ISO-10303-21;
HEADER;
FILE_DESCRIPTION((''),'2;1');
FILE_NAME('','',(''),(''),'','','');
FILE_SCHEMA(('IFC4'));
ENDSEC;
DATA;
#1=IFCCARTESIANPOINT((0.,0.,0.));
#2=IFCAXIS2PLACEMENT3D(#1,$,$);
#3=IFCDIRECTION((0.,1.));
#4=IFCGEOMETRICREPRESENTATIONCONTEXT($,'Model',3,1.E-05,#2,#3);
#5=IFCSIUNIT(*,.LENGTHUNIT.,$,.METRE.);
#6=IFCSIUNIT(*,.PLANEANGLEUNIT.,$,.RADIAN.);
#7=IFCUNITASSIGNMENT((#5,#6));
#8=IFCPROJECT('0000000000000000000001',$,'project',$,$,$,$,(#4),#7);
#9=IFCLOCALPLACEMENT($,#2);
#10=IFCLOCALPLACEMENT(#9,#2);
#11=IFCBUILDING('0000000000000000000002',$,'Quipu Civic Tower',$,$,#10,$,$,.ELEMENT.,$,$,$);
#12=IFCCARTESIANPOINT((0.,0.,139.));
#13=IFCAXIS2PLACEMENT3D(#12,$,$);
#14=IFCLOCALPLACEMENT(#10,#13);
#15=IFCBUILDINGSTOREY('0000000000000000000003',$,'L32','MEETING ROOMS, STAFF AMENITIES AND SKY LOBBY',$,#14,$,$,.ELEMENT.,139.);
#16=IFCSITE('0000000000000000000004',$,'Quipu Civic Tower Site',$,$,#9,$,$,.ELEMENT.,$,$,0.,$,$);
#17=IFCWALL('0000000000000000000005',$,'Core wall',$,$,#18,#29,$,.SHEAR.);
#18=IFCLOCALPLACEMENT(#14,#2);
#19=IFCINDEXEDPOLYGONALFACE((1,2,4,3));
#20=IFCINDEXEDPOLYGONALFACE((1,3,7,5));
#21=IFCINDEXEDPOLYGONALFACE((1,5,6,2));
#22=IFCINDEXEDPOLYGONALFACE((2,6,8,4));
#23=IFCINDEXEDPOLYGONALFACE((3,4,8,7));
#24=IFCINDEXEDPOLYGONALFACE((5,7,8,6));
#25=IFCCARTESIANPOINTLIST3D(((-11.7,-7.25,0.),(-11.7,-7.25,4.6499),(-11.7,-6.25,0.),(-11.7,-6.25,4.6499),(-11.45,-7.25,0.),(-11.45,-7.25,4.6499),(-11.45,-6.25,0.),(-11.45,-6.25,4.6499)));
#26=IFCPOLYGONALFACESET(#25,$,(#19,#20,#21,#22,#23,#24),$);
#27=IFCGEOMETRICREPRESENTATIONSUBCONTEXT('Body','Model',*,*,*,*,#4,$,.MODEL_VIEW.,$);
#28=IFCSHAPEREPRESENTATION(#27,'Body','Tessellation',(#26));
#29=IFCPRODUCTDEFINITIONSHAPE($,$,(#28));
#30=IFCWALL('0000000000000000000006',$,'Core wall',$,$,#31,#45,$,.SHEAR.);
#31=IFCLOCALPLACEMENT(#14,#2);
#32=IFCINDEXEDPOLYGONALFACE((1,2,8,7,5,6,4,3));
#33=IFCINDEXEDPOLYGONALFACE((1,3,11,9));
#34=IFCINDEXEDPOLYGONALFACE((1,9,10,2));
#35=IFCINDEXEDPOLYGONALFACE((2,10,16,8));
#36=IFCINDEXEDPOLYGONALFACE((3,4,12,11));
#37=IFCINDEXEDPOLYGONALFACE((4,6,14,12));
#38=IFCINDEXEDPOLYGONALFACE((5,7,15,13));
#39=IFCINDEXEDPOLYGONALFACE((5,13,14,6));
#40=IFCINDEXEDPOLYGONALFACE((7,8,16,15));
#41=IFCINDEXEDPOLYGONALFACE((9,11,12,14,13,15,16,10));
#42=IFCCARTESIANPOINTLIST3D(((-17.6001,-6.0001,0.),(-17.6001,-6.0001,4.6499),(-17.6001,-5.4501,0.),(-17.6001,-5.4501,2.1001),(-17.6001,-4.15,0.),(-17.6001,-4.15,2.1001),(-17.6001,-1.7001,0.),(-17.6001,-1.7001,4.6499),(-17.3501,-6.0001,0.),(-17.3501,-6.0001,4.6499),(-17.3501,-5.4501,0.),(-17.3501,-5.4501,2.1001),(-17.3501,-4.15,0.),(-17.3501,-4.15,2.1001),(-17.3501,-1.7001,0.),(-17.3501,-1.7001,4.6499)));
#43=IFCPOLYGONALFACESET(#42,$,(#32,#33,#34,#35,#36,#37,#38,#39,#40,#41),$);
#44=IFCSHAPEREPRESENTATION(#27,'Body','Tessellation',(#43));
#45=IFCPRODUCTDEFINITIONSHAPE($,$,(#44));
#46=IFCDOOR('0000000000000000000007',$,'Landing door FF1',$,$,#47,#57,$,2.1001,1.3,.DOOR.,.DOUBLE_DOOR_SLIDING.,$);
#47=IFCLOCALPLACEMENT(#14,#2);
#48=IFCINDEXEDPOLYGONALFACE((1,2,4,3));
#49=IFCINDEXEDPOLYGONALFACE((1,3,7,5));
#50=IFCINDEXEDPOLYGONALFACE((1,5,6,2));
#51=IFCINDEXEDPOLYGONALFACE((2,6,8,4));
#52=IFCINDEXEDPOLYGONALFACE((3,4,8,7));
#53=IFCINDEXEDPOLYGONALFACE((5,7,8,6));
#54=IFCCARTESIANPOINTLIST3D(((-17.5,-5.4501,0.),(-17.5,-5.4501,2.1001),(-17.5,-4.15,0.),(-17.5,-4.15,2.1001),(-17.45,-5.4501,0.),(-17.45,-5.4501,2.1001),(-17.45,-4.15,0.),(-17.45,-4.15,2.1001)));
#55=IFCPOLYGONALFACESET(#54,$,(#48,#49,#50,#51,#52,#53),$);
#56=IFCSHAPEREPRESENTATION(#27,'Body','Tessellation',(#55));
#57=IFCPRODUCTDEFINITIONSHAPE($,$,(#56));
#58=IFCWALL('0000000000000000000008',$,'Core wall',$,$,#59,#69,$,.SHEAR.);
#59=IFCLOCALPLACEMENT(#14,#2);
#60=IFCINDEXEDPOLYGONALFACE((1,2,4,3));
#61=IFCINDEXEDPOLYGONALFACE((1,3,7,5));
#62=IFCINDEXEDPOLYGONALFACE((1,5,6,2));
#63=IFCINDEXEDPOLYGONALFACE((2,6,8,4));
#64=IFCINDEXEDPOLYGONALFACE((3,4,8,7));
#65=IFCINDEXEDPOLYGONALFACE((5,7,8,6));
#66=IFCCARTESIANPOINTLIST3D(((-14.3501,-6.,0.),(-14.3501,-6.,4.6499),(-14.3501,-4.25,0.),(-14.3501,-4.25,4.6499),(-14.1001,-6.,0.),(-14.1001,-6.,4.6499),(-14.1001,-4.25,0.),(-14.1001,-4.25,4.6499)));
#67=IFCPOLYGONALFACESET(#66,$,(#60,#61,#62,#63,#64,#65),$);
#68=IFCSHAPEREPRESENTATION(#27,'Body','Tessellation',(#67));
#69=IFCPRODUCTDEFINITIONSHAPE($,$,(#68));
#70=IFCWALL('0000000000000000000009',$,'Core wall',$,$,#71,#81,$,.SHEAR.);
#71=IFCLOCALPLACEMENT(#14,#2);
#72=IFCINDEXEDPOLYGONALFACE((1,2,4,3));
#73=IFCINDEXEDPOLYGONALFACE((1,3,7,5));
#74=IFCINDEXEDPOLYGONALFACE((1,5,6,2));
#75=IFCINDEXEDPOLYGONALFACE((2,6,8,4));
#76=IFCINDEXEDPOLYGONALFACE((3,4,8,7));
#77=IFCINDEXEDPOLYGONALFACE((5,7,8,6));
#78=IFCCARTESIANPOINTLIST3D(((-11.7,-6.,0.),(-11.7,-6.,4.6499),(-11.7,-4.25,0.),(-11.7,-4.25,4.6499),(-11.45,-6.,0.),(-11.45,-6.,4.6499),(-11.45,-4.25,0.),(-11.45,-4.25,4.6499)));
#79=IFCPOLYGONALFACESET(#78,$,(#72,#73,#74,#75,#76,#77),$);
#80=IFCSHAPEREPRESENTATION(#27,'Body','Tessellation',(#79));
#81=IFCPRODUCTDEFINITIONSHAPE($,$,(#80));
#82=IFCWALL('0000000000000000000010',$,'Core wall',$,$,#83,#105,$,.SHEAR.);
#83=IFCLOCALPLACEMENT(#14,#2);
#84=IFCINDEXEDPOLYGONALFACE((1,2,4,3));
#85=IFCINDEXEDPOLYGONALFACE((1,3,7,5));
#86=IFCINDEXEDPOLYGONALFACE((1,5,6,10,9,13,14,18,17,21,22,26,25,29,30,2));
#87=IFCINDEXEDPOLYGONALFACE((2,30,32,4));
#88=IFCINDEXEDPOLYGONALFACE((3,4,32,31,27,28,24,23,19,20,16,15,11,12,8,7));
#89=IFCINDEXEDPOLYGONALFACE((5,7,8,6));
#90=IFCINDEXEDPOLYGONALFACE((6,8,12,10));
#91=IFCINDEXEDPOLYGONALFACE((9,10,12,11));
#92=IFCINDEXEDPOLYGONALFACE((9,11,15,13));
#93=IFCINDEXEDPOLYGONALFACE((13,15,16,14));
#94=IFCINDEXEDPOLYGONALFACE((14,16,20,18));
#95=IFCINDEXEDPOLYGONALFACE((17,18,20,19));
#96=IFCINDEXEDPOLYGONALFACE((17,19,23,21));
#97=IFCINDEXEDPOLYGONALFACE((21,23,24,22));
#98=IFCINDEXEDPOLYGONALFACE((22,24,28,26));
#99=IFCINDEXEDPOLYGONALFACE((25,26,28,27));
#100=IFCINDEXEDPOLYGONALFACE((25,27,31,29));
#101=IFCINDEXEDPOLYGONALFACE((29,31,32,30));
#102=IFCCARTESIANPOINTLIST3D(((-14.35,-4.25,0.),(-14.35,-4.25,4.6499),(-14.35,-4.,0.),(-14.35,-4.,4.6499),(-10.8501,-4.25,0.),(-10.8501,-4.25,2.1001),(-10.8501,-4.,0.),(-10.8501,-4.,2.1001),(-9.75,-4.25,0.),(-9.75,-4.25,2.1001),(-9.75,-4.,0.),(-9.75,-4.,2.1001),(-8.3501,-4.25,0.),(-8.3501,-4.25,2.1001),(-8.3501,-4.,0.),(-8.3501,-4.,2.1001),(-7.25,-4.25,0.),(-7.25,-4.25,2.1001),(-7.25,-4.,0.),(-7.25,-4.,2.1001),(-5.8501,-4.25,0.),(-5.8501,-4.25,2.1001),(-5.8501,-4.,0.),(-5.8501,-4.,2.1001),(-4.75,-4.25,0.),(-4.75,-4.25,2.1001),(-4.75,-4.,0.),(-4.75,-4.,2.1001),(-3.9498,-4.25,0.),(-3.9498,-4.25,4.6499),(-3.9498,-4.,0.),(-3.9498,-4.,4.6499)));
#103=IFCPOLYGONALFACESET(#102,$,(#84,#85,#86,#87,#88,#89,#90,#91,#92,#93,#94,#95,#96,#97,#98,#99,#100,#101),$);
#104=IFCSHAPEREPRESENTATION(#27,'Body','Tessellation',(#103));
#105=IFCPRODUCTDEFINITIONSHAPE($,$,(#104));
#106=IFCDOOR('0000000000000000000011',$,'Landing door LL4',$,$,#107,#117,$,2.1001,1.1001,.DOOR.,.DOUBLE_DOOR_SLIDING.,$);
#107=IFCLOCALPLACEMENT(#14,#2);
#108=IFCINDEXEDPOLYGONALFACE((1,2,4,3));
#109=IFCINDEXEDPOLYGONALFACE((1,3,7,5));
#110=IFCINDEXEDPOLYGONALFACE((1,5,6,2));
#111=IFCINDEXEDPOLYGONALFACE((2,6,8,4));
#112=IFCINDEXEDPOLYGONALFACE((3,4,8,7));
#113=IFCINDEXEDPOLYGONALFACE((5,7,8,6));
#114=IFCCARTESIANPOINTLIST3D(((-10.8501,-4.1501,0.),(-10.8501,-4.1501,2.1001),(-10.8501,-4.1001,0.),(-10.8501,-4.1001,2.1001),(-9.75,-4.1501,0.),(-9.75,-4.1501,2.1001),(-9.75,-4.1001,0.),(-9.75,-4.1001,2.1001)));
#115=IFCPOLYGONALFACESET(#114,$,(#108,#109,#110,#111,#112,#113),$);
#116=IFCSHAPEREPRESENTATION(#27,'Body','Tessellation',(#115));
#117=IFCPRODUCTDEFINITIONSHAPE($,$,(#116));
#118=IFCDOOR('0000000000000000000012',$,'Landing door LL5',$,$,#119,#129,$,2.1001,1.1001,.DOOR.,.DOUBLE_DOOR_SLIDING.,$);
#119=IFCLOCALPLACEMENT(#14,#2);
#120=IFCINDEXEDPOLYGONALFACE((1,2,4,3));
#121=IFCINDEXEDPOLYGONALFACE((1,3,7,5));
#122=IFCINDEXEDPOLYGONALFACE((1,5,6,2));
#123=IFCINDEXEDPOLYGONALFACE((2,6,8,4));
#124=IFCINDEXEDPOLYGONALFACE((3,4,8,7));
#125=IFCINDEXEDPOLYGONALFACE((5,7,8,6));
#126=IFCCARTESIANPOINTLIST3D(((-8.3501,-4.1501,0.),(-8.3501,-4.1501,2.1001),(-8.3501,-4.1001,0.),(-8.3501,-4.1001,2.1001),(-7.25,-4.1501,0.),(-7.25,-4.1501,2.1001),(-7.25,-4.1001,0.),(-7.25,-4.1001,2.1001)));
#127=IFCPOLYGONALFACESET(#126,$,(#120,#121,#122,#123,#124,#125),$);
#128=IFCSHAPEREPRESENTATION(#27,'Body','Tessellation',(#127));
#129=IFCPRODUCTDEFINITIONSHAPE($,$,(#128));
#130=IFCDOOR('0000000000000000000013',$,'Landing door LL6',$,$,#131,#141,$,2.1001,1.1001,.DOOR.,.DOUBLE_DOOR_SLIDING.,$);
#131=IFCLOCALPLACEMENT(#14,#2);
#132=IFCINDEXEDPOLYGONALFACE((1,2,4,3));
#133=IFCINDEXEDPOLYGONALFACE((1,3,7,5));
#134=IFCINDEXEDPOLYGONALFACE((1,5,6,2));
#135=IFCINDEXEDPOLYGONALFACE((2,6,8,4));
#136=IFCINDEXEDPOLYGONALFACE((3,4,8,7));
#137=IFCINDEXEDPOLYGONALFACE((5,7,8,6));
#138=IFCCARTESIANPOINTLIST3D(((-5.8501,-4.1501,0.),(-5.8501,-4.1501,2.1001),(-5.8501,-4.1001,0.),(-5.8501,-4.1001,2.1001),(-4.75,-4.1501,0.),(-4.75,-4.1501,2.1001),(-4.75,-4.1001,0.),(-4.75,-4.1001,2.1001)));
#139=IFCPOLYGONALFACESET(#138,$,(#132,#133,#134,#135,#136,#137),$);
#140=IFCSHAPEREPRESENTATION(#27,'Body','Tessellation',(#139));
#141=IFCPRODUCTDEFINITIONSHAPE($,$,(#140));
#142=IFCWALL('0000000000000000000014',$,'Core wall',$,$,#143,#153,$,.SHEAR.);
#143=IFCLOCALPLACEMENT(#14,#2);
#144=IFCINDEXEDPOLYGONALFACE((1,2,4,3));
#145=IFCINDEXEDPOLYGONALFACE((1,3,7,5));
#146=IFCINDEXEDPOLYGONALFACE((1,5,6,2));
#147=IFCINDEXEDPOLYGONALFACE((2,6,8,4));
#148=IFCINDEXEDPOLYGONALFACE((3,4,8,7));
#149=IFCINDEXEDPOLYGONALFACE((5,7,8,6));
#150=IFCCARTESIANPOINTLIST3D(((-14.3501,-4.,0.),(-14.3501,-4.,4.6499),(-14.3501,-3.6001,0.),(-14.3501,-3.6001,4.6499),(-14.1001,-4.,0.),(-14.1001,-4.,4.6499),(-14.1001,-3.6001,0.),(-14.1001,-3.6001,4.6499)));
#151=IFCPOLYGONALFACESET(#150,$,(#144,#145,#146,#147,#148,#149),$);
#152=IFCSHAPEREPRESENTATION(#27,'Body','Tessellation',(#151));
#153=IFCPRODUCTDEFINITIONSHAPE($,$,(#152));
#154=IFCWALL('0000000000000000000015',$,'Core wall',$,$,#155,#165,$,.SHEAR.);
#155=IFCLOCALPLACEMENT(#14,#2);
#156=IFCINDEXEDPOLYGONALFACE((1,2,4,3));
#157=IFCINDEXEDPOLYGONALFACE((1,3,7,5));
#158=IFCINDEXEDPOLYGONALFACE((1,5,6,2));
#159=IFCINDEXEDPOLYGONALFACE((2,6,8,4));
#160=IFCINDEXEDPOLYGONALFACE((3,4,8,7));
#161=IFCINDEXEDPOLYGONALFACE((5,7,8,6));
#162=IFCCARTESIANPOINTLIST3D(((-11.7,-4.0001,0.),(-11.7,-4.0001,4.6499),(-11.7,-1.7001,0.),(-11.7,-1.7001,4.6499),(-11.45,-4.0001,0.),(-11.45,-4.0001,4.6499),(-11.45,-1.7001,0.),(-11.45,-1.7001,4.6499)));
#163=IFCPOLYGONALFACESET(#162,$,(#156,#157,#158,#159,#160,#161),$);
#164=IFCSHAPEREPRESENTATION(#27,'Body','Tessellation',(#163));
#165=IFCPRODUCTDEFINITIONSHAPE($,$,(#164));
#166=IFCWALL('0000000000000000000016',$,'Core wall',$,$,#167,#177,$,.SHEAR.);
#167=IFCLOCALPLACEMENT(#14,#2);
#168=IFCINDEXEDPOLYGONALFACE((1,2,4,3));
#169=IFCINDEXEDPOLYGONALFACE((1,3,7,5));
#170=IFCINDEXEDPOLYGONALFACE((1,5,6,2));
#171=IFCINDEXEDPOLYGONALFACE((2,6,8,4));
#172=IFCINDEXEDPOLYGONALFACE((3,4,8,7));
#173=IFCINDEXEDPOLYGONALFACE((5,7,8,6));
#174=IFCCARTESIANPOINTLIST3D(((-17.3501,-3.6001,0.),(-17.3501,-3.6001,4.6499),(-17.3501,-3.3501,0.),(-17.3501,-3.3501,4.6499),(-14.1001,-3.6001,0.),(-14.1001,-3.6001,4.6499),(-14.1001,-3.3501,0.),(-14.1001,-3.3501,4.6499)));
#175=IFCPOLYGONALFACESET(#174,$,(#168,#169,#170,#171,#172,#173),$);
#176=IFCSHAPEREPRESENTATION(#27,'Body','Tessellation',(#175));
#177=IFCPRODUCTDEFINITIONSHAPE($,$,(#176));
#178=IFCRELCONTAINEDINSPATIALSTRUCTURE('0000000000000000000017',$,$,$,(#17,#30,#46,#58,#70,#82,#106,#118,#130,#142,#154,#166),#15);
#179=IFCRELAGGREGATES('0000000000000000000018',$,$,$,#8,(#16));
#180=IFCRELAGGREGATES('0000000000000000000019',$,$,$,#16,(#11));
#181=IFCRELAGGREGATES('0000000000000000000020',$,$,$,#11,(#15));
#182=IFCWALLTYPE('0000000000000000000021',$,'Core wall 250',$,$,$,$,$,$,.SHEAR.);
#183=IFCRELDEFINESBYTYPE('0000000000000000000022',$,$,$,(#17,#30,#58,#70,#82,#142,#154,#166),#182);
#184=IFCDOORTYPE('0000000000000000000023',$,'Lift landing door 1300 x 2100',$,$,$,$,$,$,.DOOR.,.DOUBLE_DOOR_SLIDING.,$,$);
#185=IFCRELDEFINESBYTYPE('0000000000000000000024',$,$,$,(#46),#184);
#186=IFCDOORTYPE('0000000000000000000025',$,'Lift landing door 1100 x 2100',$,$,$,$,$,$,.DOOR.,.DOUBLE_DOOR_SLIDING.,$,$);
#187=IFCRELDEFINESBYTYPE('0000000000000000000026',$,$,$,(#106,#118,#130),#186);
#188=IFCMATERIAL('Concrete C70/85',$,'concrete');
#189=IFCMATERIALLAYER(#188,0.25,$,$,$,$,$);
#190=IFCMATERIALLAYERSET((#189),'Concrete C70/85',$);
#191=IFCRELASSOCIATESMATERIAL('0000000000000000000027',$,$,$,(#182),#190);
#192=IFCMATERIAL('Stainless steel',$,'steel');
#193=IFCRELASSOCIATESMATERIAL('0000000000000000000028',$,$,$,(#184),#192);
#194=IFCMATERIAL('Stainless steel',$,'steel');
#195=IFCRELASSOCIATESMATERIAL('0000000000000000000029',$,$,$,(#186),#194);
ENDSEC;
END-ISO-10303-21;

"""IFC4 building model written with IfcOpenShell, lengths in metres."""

from ifc_helpers import new_model, si_unit, direction, frame, frame_2d, origin, place, context, subcontext, project, spatial, rectangle, extrude, material, layer, layer_set, type_object, element, fill, save


model = new_model("IFC4")

# Units and contexts
model_context = context("Model", 3, precision=1e-05, world=origin(), true_north=direction((0.0, 1.0)))
body_context = subcontext(model_context, "Body", "Model", "MODEL_VIEW")
ifc_project = project(units=[si_unit("LENGTHUNIT", "METRE"), si_unit("PLANEANGLEUNIT", "RADIAN")], contexts=[model_context])

# Site, building, storey
site_placement = place(None, origin())
site = spatial("IfcSite", under=ifc_project, at=site_placement, Name="Quipu Civic Tower Site", CompositionType="ELEMENT", RefElevation=0.0)
building_placement = place(site_placement, origin())
building = spatial("IfcBuilding", under=site, at=building_placement, Name="Quipu Civic Tower", CompositionType="ELEMENT")
storey_placement = place(building_placement, frame((0.0, 0.0, 139.0)))
storey = spatial("IfcBuildingStorey", under=building, at=storey_placement, Name="L32", Description="MEETING ROOMS, STAFF AMENITIES AND SKY LOBBY", CompositionType="ELEMENT", Elevation=139.0)

# Wall
ifc_material_1 = material(Name="Concrete C70/85", Category="concrete")
ifc_layer_1 = layer(ifc_material_1, 0.25)
ifc_layer_set_1 = layer_set([ifc_layer_1], Name="Concrete C70/85")
wall_type_1 = type_object("IfcWallType", Name="Core wall 250", PredefinedType="SHEAR", material=ifc_layer_set_1)
wall_1_placement = place(storey_placement, frame((-11.575, -7.25, 0.0), z_axis=(0.0, 0.0, 1.0), x_axis=(0.0, 1.0, 0.0)))
element("IfcWall", 1, at=wall_1_placement, inside=storey, type_object=wall_type_1, Name="Core wall", PredefinedType="SHEAR", context=body_context, shape_type="SweptSolid", body=[
    extrude(rectangle(XDim=1.0, YDim=0.25, at=frame_2d((0.5, 0.0))), origin(), (0.0, 0.0, 1.0), 4.6499),
])

# Wall, opening, door
wall_2_placement = place(storey_placement, frame((-17.4751, -6.0, 0.0), z_axis=(0.0, 0.0, 1.0), x_axis=(0.0, 1.0, 0.0)))
wall_2 = element("IfcWall", 2, at=wall_2_placement, inside=storey, type_object=wall_type_1, Name="Core wall", PredefinedType="SHEAR", context=body_context, shape_type="SweptSolid", body=[
    extrude(rectangle(XDim=4.3, YDim=0.25, at=frame_2d((2.1499, 0.0))), origin(), (0.0, 0.0, 1.0), 4.6499),
])
opening_1_placement = place(wall_2_placement, frame((0.55, 0.0, 0.0)))
opening_1 = element("IfcOpeningElement", 3, at=opening_1_placement, cuts=wall_2, PredefinedType="OPENING", context=body_context, shape_type="SweptSolid", body=[
    extrude(rectangle(XDim=1.3, YDim=2.1001, at=frame_2d((0.6499, 1.05))), frame((0.0, 0.135, 0.0), z_axis=(0.0, -1.0, 0.0), x_axis=(1.0, 0.0, 0.0)), (0.0, 0.0, 1.0), 0.27),
])
ifc_material_2 = material(Name="Stainless steel", Category="steel")
door_type_1 = type_object("IfcDoorType", Name="Lift landing door 1300 x 2100", OperationType="DOUBLE_DOOR_SLIDING", PredefinedType="DOOR", material=ifc_material_2)
door_1_placement = place(opening_1_placement, origin())
door_1 = element("IfcDoor", 4, at=door_1_placement, inside=storey, type_object=door_type_1, Name="Landing door FF1", OperationType="DOUBLE_DOOR_SLIDING", OverallHeight=2.1001, OverallWidth=1.3, PredefinedType="DOOR", context=body_context, shape_type="SweptSolid", body=[
    extrude(rectangle(XDim=1.3, YDim=2.1001, at=frame_2d((0.6499, 1.05))), frame((0.0, 0.0249, 0.0), z_axis=(0.0, -1.0, 0.0), x_axis=(1.0, 0.0, 0.0)), (0.0, 0.0, 1.0), 0.05),
])
fill(opening_1, door_1)

# Walls
for number, where, z_axis, x_axis, name in (
    (5, (-14.2251, -6.0, 0.0), (0.0, 0.0, 1.0), (0.0, 1.0, 0.0), "Core wall"),
    (6, (-11.575, -6.0, 0.0), (0.0, 0.0, 1.0), (0.0, 1.0, 0.0), "Core wall"),
):
    element("IfcWall", number, at=place(storey_placement, frame(where, z_axis=z_axis, x_axis=x_axis)), inside=storey, type_object=wall_type_1, Name=name, PredefinedType="SHEAR", context=body_context, shape_type="SweptSolid", body=[
        extrude(rectangle(XDim=1.75, YDim=0.25, at=frame_2d((0.875, 0.0))), origin(), (0.0, 0.0, 1.0), 4.6499),
    ])

# Wall, openings, doors
wall_3_placement = place(storey_placement, frame((-14.3501, -4.125, 0.0), z_axis=(0.0, 0.0, 1.0), x_axis=(1.0, 0.0, 0.0)))
wall_3 = element("IfcWall", 7, at=wall_3_placement, inside=storey, type_object=wall_type_1, Name="Core wall", PredefinedType="SHEAR", context=body_context, shape_type="SweptSolid", body=[
    extrude(rectangle(XDim=10.4001, YDim=0.25, at=frame_2d((5.2002, 0.0))), origin(), (0.0, 0.0, 1.0), 4.6499),
])
opening_2_placement = place(wall_3_placement, frame((3.5, 0.0, 0.0)))
opening_2 = element("IfcOpeningElement", 8, at=opening_2_placement, cuts=wall_3, PredefinedType="OPENING", context=body_context, shape_type="SweptSolid", body=[
    extrude(rectangle(XDim=1.1001, YDim=2.1001, at=frame_2d((0.55, 1.05))), frame((0.0, 0.135, 0.0), z_axis=(0.0, -1.0, 0.0), x_axis=(1.0, 0.0, 0.0)), (0.0, 0.0, 1.0), 0.27),
])
opening_3_placement = place(wall_3_placement, frame((6.0, 0.0, 0.0)))
opening_3 = element("IfcOpeningElement", 9, at=opening_3_placement, cuts=wall_3, PredefinedType="OPENING", context=body_context, shape_type="SweptSolid", body=[
    extrude(rectangle(XDim=1.1001, YDim=2.1001, at=frame_2d((0.55, 1.05))), frame((0.0, 0.135, 0.0), z_axis=(0.0, -1.0, 0.0), x_axis=(1.0, 0.0, 0.0)), (0.0, 0.0, 1.0), 0.27),
])
opening_4_placement = place(wall_3_placement, frame((8.5, 0.0, 0.0)))
opening_4 = element("IfcOpeningElement", 10, at=opening_4_placement, cuts=wall_3, PredefinedType="OPENING", context=body_context, shape_type="SweptSolid", body=[
    extrude(rectangle(XDim=1.1001, YDim=2.1001, at=frame_2d((0.55, 1.05))), frame((0.0, 0.135, 0.0), z_axis=(0.0, -1.0, 0.0), x_axis=(1.0, 0.0, 0.0)), (0.0, 0.0, 1.0), 0.27),
])
ifc_material_3 = material(Name="Stainless steel", Category="steel")
door_type_2 = type_object("IfcDoorType", Name="Lift landing door 1100 x 2100", OperationType="DOUBLE_DOOR_SLIDING", PredefinedType="DOOR", material=ifc_material_3)
door_2_placement = place(opening_2_placement, origin())
door_2 = element("IfcDoor", 11, at=door_2_placement, inside=storey, type_object=door_type_2, Name="Landing door LL4", OperationType="DOUBLE_DOOR_SLIDING", OverallHeight=2.1001, OverallWidth=1.1001, PredefinedType="DOOR", context=body_context, shape_type="SweptSolid", body=[
    extrude(rectangle(XDim=1.1001, YDim=2.1001, at=frame_2d((0.55, 1.05))), frame((0.0, 0.0249, 0.0), z_axis=(0.0, -1.0, 0.0), x_axis=(1.0, 0.0, 0.0)), (0.0, 0.0, 1.0), 0.05),
])
fill(opening_2, door_2)
door_3_placement = place(opening_3_placement, origin())
door_3 = element("IfcDoor", 12, at=door_3_placement, inside=storey, type_object=door_type_2, Name="Landing door LL5", OperationType="DOUBLE_DOOR_SLIDING", OverallHeight=2.1001, OverallWidth=1.1001, PredefinedType="DOOR", context=body_context, shape_type="SweptSolid", body=[
    extrude(rectangle(XDim=1.1001, YDim=2.1001, at=frame_2d((0.55, 1.05))), frame((0.0, 0.0249, 0.0), z_axis=(0.0, -1.0, 0.0), x_axis=(1.0, 0.0, 0.0)), (0.0, 0.0, 1.0), 0.05),
])
fill(opening_3, door_3)
door_4_placement = place(opening_4_placement, origin())
door_4 = element("IfcDoor", 13, at=door_4_placement, inside=storey, type_object=door_type_2, Name="Landing door LL6", OperationType="DOUBLE_DOOR_SLIDING", OverallHeight=2.1001, OverallWidth=1.1001, PredefinedType="DOOR", context=body_context, shape_type="SweptSolid", body=[
    extrude(rectangle(XDim=1.1001, YDim=2.1001, at=frame_2d((0.55, 1.05))), frame((0.0, 0.0249, 0.0), z_axis=(0.0, -1.0, 0.0), x_axis=(1.0, 0.0, 0.0)), (0.0, 0.0, 1.0), 0.05),
])
fill(opening_4, door_4)

# Walls
wall_4_placement = place(storey_placement, frame((-14.2251, -4.0, 0.0), z_axis=(0.0, 0.0, 1.0), x_axis=(0.0, 1.0, 0.0)))
element("IfcWall", 14, at=wall_4_placement, inside=storey, type_object=wall_type_1, Name="Core wall", PredefinedType="SHEAR", context=body_context, shape_type="SweptSolid", body=[
    extrude(rectangle(XDim=0.3999, YDim=0.25, at=frame_2d((0.2, 0.0))), origin(), (0.0, 0.0, 1.0), 4.6499),
])
wall_5_placement = place(storey_placement, frame((-11.575, -4.0, 0.0), z_axis=(0.0, 0.0, 1.0), x_axis=(0.0, 1.0, 0.0)))
element("IfcWall", 15, at=wall_5_placement, inside=storey, type_object=wall_type_1, Name="Core wall", PredefinedType="SHEAR", context=body_context, shape_type="SweptSolid", body=[
    extrude(rectangle(XDim=2.3, YDim=0.25, at=frame_2d((1.1499, 0.0))), origin(), (0.0, 0.0, 1.0), 4.6499),
])
wall_6_placement = place(storey_placement, frame((-17.3501, -3.4751, 0.0), z_axis=(0.0, 0.0, 1.0), x_axis=(1.0, 0.0, 0.0)))
element("IfcWall", 16, at=wall_6_placement, inside=storey, type_object=wall_type_1, Name="Core wall", PredefinedType="SHEAR", context=body_context, shape_type="SweptSolid", body=[
    extrude(rectangle(XDim=3.25, YDim=0.25, at=frame_2d((1.625, 0.0))), origin(), (0.0, 0.0, 1.0), 4.6499),
])

save(model, "model.ifc")
